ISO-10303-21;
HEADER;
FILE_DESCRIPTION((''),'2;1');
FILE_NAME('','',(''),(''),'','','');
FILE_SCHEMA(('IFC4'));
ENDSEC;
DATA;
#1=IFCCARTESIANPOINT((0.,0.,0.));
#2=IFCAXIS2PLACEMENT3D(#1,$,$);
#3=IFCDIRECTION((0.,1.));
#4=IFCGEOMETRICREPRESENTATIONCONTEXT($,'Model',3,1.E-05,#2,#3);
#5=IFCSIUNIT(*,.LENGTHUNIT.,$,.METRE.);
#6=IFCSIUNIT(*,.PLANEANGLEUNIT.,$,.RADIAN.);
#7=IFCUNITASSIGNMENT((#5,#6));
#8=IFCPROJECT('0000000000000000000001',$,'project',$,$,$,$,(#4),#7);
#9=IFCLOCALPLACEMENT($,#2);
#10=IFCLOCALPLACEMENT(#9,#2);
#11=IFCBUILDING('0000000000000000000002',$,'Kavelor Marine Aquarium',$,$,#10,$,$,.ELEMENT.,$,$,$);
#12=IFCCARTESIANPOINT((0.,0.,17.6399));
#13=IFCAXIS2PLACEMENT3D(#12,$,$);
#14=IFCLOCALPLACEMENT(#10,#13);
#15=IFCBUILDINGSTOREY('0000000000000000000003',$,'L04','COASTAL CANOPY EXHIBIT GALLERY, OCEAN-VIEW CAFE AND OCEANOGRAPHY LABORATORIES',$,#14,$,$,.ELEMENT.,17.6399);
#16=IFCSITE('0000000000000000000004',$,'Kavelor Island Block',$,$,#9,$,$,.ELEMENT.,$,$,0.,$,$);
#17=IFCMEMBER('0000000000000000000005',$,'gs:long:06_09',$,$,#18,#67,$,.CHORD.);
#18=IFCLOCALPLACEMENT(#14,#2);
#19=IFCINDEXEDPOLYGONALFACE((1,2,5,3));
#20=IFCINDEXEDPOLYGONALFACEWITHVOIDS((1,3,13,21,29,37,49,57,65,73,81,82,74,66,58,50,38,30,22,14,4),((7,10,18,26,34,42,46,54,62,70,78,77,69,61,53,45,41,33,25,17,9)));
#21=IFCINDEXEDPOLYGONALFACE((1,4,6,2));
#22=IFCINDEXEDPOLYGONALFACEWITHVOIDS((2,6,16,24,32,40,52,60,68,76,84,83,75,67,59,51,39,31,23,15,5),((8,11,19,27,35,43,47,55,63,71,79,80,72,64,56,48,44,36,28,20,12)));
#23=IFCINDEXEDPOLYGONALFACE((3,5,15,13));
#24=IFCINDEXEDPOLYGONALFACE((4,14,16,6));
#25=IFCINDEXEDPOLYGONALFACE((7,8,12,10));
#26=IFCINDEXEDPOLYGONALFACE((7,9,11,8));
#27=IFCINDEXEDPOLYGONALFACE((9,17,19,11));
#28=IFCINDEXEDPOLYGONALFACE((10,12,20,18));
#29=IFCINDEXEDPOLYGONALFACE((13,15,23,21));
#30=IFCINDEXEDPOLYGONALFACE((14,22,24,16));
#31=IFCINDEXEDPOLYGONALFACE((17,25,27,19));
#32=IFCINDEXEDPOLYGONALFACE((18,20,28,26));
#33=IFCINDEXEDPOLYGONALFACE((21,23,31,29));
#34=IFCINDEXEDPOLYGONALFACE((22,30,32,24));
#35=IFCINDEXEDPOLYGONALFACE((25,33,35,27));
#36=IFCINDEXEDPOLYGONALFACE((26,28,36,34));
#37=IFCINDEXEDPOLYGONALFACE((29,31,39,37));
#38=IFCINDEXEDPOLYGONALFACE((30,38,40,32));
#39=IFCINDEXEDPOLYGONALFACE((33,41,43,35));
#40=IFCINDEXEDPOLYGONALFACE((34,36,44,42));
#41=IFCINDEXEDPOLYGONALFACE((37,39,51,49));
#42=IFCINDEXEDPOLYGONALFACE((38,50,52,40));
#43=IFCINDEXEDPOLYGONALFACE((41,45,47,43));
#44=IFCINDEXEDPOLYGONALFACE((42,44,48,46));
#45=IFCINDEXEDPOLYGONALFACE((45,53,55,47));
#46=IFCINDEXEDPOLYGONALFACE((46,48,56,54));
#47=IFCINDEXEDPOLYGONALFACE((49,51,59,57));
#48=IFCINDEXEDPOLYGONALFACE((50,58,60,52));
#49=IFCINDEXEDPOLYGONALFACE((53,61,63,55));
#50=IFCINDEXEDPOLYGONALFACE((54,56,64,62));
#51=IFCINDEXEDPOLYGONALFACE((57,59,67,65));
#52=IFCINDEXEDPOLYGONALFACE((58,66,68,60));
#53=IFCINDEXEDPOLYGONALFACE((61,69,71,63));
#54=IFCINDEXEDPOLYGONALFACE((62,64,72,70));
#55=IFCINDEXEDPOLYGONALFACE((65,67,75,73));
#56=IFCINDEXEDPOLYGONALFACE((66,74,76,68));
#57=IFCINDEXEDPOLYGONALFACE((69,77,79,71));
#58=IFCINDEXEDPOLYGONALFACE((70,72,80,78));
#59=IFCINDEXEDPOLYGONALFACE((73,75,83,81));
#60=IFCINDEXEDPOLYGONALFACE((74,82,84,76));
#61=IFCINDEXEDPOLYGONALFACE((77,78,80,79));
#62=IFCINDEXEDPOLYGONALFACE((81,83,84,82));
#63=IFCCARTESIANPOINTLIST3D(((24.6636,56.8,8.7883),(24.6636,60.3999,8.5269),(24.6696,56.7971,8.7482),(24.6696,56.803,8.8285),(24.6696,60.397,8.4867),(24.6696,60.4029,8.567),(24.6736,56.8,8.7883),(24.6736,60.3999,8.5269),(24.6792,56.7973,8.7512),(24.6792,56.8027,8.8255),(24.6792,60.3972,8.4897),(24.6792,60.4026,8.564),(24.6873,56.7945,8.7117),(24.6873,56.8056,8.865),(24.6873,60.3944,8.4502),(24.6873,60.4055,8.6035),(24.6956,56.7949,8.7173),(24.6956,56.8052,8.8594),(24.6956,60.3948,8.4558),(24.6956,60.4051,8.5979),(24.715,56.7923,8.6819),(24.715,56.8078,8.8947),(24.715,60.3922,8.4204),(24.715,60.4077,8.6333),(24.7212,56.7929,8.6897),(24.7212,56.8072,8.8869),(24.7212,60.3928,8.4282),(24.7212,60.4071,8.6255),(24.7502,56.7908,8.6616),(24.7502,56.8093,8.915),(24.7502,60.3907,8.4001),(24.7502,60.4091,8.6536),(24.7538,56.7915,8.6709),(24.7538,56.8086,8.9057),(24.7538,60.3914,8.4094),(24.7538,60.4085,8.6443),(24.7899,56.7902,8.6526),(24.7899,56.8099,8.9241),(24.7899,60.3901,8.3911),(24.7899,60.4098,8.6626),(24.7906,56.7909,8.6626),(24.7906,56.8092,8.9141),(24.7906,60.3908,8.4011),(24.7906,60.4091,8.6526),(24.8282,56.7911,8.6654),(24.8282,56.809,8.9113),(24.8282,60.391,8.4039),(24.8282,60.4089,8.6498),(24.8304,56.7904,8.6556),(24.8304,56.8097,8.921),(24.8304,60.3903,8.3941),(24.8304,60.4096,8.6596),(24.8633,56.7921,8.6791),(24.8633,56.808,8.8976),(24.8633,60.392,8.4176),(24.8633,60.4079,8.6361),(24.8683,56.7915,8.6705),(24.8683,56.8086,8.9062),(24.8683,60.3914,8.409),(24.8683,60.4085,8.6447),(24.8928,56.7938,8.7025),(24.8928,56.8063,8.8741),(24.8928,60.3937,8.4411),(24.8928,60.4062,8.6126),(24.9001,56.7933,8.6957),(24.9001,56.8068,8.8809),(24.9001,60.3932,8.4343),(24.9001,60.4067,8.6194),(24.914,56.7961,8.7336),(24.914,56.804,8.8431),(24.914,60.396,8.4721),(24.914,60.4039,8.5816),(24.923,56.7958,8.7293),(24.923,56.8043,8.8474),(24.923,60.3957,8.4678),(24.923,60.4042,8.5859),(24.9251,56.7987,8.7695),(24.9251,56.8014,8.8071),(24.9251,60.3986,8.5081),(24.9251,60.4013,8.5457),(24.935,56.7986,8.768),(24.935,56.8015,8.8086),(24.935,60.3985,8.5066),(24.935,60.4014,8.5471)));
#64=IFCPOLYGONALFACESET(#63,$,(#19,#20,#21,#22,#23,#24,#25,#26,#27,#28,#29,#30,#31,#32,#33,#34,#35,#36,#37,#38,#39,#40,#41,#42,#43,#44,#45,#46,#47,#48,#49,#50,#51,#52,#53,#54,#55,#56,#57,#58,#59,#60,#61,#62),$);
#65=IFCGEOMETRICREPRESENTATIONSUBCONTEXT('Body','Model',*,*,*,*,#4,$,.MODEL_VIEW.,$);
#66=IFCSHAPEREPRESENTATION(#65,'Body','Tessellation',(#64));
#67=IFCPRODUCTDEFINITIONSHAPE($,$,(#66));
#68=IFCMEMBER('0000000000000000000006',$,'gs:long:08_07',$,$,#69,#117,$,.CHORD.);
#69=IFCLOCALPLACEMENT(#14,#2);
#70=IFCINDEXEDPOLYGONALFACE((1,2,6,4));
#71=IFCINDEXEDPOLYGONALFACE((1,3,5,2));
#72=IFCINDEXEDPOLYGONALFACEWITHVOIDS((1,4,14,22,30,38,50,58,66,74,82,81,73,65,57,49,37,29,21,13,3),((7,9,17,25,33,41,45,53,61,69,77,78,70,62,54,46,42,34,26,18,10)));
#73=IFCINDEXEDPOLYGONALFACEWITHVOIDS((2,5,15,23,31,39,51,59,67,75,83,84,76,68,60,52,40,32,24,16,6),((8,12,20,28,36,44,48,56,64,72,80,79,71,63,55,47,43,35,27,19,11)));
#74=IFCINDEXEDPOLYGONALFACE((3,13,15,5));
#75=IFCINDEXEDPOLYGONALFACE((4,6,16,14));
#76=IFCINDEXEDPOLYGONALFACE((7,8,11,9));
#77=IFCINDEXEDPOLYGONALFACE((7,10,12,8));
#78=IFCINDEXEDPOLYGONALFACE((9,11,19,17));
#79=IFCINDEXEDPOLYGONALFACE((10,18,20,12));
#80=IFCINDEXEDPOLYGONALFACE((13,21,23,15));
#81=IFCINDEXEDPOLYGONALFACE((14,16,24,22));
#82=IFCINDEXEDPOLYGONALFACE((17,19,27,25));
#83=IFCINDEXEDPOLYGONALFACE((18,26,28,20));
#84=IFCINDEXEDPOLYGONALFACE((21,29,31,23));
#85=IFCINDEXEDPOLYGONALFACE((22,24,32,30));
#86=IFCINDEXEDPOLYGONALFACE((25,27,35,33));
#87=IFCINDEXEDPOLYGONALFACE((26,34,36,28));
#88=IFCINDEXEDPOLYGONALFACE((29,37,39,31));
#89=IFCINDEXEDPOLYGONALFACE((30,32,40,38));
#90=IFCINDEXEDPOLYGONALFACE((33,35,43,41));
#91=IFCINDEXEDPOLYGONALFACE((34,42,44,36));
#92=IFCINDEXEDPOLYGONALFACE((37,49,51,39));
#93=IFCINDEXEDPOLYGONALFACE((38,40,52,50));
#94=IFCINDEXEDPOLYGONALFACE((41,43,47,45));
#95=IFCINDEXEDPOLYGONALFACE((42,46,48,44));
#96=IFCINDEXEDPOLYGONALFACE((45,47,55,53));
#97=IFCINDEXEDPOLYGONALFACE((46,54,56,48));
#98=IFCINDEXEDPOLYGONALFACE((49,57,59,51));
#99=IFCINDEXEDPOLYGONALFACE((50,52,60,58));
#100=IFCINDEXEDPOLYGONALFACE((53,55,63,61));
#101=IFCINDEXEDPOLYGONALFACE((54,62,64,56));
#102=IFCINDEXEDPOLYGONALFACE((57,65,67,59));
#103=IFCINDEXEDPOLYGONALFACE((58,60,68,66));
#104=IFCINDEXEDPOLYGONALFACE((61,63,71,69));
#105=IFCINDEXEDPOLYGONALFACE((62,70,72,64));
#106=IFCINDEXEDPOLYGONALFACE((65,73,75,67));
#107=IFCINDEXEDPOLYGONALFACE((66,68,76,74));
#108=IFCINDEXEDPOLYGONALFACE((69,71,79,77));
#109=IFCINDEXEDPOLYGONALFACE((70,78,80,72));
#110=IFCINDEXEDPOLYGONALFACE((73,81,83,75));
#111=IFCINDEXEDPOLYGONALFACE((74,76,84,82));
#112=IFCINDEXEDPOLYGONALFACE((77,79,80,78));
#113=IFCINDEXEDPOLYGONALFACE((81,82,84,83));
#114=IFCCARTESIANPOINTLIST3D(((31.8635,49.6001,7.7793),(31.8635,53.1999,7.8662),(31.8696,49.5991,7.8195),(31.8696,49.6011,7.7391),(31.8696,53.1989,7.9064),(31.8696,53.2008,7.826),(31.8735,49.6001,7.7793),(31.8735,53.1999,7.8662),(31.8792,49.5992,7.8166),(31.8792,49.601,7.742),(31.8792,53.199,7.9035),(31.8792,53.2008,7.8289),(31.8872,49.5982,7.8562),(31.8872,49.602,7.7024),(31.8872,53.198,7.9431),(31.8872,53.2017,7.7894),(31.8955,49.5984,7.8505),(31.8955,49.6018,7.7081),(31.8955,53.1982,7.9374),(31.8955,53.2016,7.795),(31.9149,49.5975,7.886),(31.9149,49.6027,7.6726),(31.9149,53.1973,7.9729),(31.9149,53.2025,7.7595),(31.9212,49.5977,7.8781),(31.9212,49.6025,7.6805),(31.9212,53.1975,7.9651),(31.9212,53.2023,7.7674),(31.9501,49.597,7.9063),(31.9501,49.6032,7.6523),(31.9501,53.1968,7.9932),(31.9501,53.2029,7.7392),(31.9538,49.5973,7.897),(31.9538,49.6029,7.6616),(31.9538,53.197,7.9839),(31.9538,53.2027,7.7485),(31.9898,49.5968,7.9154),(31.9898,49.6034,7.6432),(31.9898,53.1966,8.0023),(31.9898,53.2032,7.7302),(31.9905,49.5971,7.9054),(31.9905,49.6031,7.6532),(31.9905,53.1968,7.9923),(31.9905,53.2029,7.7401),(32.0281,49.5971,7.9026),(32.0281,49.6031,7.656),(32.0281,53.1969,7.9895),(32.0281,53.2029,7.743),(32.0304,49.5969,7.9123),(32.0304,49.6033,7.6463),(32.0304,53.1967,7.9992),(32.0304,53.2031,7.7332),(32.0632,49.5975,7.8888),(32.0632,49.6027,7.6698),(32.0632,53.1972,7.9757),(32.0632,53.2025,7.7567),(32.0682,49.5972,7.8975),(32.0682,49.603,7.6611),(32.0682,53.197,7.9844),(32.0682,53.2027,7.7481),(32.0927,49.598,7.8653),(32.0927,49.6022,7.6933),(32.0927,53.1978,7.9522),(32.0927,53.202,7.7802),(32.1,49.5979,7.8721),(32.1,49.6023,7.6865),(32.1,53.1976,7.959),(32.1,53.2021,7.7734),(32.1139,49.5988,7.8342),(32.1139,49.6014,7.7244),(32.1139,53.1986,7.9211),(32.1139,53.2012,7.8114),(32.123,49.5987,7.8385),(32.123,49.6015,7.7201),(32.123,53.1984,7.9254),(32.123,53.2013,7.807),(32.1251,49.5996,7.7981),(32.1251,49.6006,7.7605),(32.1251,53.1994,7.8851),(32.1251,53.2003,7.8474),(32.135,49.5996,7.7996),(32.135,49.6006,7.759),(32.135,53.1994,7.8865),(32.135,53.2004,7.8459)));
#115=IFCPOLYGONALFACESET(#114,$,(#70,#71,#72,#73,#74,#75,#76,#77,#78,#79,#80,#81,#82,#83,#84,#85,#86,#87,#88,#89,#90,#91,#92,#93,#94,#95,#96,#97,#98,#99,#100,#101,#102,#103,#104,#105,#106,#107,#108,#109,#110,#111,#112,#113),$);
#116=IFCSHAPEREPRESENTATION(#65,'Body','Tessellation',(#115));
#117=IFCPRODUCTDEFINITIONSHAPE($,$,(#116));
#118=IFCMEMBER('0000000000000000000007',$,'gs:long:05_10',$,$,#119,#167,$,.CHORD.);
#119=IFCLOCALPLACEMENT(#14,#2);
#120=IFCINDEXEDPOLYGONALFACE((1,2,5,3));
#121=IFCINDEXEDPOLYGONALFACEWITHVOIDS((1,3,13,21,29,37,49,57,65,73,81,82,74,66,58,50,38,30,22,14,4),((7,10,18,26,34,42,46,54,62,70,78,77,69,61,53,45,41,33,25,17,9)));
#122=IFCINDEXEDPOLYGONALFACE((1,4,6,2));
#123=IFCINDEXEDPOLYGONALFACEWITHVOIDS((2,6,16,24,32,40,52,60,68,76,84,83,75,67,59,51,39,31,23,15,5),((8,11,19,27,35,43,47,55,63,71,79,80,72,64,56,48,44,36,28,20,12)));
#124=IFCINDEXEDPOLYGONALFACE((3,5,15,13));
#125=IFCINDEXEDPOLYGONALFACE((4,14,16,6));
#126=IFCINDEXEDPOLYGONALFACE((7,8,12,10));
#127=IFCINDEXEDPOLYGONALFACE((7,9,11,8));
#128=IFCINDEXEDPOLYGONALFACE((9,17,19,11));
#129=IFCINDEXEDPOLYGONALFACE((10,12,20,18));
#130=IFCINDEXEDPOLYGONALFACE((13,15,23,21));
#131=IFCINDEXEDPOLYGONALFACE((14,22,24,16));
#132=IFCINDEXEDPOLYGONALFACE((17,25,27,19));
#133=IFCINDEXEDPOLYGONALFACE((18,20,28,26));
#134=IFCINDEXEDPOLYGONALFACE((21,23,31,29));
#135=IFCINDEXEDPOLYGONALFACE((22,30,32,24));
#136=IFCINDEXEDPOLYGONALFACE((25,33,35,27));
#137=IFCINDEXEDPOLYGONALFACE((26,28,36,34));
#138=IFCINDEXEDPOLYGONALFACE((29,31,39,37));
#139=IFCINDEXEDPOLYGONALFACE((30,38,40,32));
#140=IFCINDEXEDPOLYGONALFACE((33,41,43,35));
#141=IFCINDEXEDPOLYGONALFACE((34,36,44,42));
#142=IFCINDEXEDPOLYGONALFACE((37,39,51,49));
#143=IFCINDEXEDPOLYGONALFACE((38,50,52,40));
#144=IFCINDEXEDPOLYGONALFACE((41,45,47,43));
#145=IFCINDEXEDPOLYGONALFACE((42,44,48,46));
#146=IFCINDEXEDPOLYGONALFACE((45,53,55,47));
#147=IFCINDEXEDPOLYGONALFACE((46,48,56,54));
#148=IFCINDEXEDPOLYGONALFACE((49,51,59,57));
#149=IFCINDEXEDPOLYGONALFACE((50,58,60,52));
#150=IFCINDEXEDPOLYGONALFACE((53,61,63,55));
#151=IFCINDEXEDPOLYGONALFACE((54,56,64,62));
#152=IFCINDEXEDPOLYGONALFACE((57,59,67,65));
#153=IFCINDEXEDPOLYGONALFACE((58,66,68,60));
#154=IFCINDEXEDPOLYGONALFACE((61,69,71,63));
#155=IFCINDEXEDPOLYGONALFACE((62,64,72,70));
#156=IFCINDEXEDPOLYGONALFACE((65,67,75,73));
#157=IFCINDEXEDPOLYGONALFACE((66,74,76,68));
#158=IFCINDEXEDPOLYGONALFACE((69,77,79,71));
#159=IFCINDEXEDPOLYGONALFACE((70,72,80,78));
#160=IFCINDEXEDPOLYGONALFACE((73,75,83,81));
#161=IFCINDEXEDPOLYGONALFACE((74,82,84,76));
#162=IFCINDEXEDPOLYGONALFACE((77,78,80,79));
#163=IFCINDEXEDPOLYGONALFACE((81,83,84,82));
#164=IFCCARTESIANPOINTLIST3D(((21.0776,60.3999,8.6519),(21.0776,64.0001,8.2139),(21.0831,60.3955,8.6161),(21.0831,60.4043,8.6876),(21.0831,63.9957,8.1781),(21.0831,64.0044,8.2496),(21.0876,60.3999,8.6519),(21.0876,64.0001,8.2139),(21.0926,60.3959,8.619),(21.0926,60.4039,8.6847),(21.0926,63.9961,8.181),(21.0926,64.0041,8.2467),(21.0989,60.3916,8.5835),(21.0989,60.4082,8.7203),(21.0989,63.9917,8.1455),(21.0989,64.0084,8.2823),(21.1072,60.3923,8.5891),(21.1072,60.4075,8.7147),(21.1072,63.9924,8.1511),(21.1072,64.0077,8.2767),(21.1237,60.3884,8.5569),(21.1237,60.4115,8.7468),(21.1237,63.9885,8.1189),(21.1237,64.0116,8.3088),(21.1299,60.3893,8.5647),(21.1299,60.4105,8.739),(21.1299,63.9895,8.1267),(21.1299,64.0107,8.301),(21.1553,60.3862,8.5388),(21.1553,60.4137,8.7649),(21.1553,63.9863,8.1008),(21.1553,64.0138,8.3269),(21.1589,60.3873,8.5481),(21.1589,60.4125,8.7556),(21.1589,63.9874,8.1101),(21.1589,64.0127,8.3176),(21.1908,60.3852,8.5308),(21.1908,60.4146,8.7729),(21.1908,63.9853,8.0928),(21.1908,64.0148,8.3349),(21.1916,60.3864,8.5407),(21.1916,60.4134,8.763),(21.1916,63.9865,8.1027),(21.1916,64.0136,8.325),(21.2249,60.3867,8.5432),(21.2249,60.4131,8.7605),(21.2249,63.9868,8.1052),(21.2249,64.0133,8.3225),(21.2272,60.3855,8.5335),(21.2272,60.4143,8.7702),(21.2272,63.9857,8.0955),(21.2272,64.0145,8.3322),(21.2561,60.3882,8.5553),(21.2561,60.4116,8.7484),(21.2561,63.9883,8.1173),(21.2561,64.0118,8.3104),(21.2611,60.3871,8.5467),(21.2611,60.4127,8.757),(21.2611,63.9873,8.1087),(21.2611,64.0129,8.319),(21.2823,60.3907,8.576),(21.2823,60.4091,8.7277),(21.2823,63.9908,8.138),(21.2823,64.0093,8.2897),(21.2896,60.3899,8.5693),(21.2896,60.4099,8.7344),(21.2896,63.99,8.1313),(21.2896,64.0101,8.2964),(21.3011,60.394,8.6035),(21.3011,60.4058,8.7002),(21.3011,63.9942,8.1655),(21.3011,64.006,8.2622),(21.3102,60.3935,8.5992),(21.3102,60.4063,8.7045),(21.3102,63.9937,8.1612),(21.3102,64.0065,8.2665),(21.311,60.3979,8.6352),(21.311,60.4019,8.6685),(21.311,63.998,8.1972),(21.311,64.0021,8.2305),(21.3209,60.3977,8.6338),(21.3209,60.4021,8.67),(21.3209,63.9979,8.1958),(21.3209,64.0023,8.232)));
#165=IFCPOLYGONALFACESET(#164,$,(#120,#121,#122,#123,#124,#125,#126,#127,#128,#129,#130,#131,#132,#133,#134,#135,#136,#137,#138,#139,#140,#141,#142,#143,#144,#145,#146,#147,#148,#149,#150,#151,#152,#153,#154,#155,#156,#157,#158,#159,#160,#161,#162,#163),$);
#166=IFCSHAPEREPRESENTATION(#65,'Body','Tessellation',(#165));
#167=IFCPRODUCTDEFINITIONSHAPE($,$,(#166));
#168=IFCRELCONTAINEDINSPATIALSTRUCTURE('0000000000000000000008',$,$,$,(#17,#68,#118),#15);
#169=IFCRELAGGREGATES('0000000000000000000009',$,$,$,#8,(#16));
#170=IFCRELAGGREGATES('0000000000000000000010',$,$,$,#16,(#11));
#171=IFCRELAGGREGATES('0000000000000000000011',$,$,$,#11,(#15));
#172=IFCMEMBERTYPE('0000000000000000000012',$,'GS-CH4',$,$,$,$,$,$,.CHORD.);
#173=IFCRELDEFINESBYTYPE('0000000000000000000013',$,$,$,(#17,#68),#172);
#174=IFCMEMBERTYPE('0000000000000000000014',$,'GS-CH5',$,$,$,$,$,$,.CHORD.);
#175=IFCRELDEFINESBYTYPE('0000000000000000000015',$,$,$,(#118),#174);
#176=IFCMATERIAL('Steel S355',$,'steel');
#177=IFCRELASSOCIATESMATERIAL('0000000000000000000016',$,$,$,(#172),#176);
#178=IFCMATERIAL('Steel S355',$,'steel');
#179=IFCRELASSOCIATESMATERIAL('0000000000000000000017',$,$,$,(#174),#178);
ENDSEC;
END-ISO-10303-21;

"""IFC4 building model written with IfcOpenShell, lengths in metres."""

from ifc_helpers import new_model, si_unit, direction, frame, origin, origin_2d, place, context, subcontext, project, spatial, hollow_circle, extrude, material, material_profile, profile_set, type_object, element, save


model = new_model("IFC4")

# Units and contexts
model_context = context("Model", 3, precision=1e-05, world=origin(), true_north=direction((0.0, 1.0)))
body_context = subcontext(model_context, "Body", "Model", "MODEL_VIEW")
ifc_project = project(units=[si_unit("LENGTHUNIT", "METRE"), si_unit("PLANEANGLEUNIT", "RADIAN")], contexts=[model_context])

# Site, building, storey
site_placement = place(None, origin())
site = spatial("IfcSite", under=ifc_project, at=site_placement, Name="Kavelor Island Block", CompositionType="ELEMENT", RefElevation=0.0)
building_placement = place(site_placement, origin())
building = spatial("IfcBuilding", under=site, at=building_placement, Name="Kavelor Marine Aquarium", CompositionType="ELEMENT")
storey_placement = place(building_placement, frame((0.0, 0.0, 17.6399)))
storey = spatial("IfcBuildingStorey", under=building, at=storey_placement, Name="L04", Description="COASTAL CANOPY EXHIBIT GALLERY, OCEAN-VIEW CAFE AND OCEANOGRAPHY LABORATORIES", CompositionType="ELEMENT", Elevation=17.6399)

# Members
ifc_material_1 = material(Name="Steel S355", Category="steel")
ifc_material_profile_1 = material_profile(ifc_material_1, hollow_circle(Radius=0.1365, WallThickness=0.01, at=origin_2d()), Name="CHS 273.0x10.0")
ifc_profile_set_1 = profile_set([ifc_material_profile_1], Name="Steel S355")
member_type_1 = type_object("IfcMemberType", Name="GS-CH4", PredefinedType="CHORD", material=ifc_profile_set_1)
member_1_placement = place(storey_placement, frame((24.8, 56.8, 8.7883), z_axis=(0.0, 0.997372, -0.072444), x_axis=(-1.0, 0.0, 0.0)))
element("IfcMember", 1, at=member_1_placement, inside=storey, type_object=member_type_1, Name="gs:long:06_09", PredefinedType="CHORD", context=body_context, shape_type="SweptSolid", body=[
    extrude(hollow_circle(Radius=0.1365, WallThickness=0.01, at=origin_2d()), origin(), (0.0, 0.0, 1.0), 3.6094),
])
member_2_placement = place(storey_placement, frame((32.0, 49.6001, 7.7793), z_axis=(0.0, 0.999709, 0.024137), x_axis=(-1.0, 0.0, 0.0)))
element("IfcMember", 2, at=member_2_placement, inside=storey, type_object=member_type_1, Name="gs:long:08_07", PredefinedType="CHORD", context=body_context, shape_type="SweptSolid", body=[
    extrude(hollow_circle(Radius=0.1365, WallThickness=0.01, at=origin_2d()), origin(), (0.0, 0.0, 1.0), 3.6008),
])
ifc_material_2 = material(Name="Steel S355", Category="steel")
ifc_material_profile_2 = material_profile(ifc_material_2, hollow_circle(Radius=0.1223, WallThickness=0.01, at=origin_2d()), Name="CHS 244.5x10.0")
ifc_profile_set_2 = profile_set([ifc_material_profile_2], Name="Steel S355")
member_type_2 = type_object("IfcMemberType", Name="GS-CH5", PredefinedType="CHORD", material=ifc_profile_set_2)
member_3_placement = place(storey_placement, frame((21.2, 60.3999, 8.6519), z_axis=(0.0, 0.992681, -0.12077), x_axis=(-1.0, 0.0, 0.0)))
element("IfcMember", 3, at=member_3_placement, inside=storey, type_object=member_type_2, Name="gs:long:05_10", PredefinedType="CHORD", context=body_context, shape_type="SweptSolid", body=[
    extrude(hollow_circle(Radius=0.1223, WallThickness=0.01, at=origin_2d()), origin(), (0.0, 0.0, 1.0), 3.6267),
])

save(model, "model.ifc")
